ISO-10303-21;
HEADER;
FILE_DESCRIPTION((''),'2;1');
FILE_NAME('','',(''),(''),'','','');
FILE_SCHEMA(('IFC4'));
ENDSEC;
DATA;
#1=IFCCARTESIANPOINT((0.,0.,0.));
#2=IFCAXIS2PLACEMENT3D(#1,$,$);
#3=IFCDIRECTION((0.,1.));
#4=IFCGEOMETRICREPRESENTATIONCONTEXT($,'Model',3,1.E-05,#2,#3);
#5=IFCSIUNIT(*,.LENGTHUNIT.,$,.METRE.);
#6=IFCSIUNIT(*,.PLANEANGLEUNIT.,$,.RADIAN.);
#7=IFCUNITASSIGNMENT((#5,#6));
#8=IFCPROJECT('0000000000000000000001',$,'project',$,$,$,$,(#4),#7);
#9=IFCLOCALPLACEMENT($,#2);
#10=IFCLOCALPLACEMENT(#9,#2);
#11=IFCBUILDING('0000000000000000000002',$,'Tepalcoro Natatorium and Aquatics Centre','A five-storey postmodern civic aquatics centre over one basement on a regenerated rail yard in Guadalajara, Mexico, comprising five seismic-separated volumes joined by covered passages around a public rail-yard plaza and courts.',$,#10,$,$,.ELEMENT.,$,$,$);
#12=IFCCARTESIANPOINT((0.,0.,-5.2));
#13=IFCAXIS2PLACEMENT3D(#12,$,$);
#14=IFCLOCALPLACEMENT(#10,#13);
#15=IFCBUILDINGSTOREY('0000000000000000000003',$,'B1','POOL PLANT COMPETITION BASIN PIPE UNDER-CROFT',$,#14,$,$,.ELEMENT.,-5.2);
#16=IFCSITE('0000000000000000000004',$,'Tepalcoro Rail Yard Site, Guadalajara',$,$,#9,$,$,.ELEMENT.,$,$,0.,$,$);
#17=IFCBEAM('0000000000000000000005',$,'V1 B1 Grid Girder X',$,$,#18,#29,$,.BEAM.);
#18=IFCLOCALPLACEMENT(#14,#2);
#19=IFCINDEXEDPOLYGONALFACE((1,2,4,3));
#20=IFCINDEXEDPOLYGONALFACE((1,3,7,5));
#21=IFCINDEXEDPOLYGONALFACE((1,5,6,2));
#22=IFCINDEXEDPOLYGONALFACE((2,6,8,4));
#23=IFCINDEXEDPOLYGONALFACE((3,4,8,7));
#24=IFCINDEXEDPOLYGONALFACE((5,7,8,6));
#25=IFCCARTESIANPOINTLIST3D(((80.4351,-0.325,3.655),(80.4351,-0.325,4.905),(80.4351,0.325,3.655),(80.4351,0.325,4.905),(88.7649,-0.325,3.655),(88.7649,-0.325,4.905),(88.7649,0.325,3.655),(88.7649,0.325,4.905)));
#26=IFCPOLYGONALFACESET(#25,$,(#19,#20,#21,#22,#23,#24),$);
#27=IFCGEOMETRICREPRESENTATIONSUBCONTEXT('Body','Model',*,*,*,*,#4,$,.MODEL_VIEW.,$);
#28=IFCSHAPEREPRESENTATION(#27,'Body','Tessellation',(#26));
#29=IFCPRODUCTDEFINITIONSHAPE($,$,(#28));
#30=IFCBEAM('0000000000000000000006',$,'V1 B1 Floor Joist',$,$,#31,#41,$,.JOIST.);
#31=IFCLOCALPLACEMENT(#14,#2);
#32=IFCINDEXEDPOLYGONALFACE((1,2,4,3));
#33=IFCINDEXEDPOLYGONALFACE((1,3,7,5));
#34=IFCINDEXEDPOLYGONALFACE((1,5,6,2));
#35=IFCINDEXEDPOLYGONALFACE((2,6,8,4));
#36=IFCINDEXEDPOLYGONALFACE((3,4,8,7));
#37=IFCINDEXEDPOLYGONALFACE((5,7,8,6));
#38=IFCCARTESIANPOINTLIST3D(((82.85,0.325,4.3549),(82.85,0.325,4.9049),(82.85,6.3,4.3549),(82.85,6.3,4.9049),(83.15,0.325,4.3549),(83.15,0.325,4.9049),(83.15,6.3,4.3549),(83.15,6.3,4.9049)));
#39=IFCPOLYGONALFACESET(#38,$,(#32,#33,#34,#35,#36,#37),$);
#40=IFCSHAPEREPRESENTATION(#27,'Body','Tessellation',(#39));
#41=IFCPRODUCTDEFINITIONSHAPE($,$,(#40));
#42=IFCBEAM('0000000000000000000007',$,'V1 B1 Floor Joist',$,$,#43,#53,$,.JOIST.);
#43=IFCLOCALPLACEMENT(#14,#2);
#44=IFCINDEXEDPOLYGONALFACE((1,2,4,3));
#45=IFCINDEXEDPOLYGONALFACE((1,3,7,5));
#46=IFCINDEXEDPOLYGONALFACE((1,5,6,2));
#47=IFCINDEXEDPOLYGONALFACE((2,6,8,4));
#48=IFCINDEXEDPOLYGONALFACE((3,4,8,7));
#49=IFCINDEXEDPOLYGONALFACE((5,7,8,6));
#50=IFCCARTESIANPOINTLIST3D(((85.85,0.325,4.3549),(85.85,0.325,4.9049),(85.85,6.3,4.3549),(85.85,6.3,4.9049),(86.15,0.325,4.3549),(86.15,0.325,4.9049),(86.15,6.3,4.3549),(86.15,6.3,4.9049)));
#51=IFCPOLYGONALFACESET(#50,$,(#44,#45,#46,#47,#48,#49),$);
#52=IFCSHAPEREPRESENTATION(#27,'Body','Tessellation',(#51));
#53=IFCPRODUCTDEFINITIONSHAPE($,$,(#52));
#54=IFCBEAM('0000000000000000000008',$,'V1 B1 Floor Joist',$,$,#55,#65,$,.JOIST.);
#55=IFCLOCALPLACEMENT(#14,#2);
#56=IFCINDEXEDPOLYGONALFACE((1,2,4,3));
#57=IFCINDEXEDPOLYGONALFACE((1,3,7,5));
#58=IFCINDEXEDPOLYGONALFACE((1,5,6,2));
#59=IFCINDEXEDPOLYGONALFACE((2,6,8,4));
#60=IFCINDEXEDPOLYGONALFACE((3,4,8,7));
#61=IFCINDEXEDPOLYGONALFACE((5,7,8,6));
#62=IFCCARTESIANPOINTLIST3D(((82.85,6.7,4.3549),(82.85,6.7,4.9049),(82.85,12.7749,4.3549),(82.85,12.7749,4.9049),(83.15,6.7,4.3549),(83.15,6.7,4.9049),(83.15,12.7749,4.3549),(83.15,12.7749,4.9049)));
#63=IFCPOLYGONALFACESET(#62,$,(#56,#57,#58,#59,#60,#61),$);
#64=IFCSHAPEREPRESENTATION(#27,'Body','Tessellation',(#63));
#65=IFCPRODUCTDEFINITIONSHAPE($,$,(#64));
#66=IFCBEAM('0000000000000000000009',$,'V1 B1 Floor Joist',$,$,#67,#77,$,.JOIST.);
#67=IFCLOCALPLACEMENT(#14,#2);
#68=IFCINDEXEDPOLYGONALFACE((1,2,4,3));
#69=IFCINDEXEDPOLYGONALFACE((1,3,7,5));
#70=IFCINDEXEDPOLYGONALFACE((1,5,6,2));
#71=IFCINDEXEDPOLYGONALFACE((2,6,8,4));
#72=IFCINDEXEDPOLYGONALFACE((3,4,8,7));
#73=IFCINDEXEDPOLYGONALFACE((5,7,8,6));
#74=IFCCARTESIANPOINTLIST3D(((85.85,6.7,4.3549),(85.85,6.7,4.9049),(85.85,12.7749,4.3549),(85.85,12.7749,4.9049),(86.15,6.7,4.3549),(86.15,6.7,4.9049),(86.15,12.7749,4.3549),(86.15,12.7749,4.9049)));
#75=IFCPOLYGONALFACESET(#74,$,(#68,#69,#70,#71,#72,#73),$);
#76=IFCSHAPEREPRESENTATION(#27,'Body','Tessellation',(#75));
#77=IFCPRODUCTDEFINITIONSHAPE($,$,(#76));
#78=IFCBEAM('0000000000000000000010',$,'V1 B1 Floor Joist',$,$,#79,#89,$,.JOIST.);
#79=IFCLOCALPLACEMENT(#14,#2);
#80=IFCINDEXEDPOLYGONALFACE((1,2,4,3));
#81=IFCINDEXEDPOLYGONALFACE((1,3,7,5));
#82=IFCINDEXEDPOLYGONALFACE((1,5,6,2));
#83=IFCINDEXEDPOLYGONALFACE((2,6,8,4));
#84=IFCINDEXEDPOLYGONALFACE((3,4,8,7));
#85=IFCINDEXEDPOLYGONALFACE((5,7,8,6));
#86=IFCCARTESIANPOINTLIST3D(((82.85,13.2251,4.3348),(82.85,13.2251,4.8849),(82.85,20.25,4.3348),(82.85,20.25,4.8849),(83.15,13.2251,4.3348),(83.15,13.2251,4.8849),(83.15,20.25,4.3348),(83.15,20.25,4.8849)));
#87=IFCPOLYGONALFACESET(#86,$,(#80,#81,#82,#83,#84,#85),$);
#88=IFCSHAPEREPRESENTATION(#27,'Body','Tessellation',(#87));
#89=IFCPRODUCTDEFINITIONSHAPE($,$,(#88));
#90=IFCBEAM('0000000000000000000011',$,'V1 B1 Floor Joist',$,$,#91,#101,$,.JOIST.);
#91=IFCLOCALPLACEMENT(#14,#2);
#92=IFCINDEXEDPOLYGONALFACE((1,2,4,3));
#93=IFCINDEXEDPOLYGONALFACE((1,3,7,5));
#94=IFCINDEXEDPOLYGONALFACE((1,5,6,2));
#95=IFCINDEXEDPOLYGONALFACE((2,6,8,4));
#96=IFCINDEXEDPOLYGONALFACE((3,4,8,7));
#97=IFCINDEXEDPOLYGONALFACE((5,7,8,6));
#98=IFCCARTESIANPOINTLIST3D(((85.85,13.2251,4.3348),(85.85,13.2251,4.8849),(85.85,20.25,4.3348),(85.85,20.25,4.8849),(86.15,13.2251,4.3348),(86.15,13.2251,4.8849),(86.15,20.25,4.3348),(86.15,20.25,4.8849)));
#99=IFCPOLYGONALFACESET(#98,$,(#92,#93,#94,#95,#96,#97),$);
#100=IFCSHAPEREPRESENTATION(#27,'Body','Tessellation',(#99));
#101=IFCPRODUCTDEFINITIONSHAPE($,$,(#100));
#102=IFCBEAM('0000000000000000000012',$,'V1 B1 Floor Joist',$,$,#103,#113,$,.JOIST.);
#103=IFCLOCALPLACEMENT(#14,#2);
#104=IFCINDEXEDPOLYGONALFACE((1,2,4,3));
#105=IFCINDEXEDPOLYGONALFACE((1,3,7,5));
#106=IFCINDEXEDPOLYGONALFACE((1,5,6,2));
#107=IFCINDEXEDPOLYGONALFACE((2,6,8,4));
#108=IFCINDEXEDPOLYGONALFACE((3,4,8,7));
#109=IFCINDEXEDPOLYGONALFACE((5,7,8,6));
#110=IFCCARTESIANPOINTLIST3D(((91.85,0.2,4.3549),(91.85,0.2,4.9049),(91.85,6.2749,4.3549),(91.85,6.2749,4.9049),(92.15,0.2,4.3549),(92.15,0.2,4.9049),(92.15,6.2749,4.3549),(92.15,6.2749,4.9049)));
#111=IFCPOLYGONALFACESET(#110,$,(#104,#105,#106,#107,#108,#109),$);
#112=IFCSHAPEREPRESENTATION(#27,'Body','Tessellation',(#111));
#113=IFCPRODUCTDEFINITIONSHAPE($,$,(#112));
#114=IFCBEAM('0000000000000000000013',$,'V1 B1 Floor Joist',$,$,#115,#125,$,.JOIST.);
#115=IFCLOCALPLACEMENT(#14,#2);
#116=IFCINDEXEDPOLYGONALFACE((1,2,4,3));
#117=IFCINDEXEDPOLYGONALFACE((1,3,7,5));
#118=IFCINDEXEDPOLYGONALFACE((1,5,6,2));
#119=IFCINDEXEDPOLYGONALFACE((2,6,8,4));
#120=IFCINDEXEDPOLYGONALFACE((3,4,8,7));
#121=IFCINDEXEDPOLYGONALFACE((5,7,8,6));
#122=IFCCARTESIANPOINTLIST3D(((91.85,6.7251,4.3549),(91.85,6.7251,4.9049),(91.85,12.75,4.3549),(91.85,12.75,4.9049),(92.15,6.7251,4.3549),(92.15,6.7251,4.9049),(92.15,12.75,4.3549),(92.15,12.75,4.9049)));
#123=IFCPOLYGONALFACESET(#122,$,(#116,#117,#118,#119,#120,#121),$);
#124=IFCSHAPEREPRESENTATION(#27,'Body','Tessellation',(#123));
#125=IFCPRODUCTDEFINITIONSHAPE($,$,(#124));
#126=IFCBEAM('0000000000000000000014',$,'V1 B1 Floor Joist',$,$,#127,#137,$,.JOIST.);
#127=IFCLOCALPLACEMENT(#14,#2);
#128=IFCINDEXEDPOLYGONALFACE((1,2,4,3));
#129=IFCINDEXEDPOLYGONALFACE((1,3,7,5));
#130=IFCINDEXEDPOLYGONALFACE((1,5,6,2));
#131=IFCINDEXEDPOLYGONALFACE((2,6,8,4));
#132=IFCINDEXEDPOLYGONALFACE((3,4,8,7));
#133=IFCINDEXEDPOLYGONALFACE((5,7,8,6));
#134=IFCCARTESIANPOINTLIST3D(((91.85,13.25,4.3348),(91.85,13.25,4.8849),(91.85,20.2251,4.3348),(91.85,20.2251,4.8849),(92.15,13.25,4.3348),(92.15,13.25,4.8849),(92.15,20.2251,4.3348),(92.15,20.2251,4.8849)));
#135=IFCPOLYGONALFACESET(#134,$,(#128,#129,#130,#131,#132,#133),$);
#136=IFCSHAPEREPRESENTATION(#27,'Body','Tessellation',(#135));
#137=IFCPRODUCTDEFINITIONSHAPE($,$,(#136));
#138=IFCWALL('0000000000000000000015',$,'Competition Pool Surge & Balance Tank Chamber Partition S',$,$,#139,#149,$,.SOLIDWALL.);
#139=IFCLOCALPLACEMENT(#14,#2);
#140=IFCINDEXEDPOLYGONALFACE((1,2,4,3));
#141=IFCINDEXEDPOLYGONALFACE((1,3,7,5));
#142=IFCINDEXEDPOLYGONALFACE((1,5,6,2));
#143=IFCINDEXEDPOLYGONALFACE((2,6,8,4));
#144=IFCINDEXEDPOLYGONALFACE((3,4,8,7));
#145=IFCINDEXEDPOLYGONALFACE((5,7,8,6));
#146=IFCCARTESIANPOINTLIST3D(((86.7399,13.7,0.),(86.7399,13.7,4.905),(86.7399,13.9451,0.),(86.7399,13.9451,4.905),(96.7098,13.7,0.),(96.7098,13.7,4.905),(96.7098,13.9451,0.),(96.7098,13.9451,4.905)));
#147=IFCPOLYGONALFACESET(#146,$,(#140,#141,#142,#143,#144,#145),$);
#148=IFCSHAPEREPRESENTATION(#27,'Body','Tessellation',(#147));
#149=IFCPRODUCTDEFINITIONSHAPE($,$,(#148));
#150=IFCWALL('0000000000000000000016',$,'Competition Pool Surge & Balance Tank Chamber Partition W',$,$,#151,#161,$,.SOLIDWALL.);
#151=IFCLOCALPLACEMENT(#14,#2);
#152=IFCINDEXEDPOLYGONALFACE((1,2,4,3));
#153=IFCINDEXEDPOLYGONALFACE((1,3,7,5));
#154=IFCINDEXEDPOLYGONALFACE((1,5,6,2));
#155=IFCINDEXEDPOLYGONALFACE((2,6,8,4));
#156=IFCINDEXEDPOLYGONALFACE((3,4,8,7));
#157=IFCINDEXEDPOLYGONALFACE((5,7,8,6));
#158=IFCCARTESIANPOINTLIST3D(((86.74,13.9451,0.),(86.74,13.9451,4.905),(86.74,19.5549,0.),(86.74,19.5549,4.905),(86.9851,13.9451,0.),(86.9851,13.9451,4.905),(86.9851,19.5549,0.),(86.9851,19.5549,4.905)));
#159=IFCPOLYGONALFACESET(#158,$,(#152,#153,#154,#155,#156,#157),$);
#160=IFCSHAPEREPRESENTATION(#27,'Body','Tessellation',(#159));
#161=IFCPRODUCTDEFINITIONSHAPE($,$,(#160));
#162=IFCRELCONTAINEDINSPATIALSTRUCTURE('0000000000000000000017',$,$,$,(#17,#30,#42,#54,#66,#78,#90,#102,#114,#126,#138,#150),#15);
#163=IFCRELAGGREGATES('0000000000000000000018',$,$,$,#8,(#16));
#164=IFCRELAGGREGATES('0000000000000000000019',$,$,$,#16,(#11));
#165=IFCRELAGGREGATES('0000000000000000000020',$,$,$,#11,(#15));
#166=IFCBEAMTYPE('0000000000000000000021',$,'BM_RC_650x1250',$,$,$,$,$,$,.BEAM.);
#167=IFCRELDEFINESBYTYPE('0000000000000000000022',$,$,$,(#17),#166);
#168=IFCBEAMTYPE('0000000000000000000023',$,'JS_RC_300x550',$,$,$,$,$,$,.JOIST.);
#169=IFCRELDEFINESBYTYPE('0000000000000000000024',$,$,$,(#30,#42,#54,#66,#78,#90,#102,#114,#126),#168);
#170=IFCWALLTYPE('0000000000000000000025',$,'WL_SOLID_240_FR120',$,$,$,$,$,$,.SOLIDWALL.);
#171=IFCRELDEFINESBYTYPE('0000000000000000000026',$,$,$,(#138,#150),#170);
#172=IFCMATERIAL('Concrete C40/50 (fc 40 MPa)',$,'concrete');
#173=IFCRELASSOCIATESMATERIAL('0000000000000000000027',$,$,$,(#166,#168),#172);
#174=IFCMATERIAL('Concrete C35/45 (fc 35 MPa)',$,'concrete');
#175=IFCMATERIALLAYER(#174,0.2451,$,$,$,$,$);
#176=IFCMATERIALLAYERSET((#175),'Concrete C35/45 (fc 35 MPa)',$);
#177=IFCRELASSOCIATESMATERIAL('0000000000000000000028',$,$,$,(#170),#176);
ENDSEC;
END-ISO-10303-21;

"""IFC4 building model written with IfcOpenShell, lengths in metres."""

from ifc_helpers import new_model, si_unit, direction, frame, frame_2d, origin, origin_2d, place, context, subcontext, project, spatial, rectangle, extrude, material, layer, layer_set, material_profile, profile_set, type_object, element, save


model = new_model("IFC4")

# Units and contexts
model_context = context("Model", 3, precision=1e-05, world=origin(), true_north=direction((0.0, 1.0)))
body_context = subcontext(model_context, "Body", "Model", "MODEL_VIEW")
ifc_project = project(units=[si_unit("LENGTHUNIT", "METRE"), si_unit("PLANEANGLEUNIT", "RADIAN")], contexts=[model_context])

# Site, building, storey
site_placement = place(None, origin())
site = spatial("IfcSite", under=ifc_project, at=site_placement, Name="Tepalcoro Rail Yard Site, Guadalajara", CompositionType="ELEMENT", RefElevation=0.0)
building_placement = place(site_placement, origin())
building = spatial("IfcBuilding", under=site, at=building_placement, Name="Tepalcoro Natatorium and Aquatics Centre", Description="A five-storey postmodern civic aquatics centre over one basement on a regenerated rail yard in Guadalajara, Mexico, comprising five seismic-separated volumes joined by covered passages around a public rail-yard plaza and courts.", CompositionType="ELEMENT")
storey_placement = place(building_placement, frame((0.0, 0.0, -5.2)))
storey = spatial("IfcBuildingStorey", under=building, at=storey_placement, Name="B1", Description="POOL PLANT COMPETITION BASIN PIPE UNDER-CROFT", CompositionType="ELEMENT", Elevation=-5.2)

# Shared definitions
ifc_material_1 = material(Name="Concrete C40/50 (fc 40 MPa)", Category="concrete")

# Beams
ifc_material_profile_1 = material_profile(ifc_material_1, rectangle(XDim=0.6499, YDim=1.25, at=origin_2d()), Name="RCB650x1250")
ifc_profile_set_1 = profile_set([ifc_material_profile_1], Name="Concrete C40/50 (fc 40 MPa)")
beam_type_1 = type_object("IfcBeamType", Name="BM_RC_650x1250", PredefinedType="BEAM", material=ifc_profile_set_1)
beam_1_placement = place(storey_placement, frame((80.4351, 0.0, 4.28), z_axis=(1.0, 0.0, 0.0), x_axis=(0.0, 1.0, 0.0)))
element("IfcBeam", 1, at=beam_1_placement, inside=storey, type_object=beam_type_1, Name="V1 B1 Grid Girder X", PredefinedType="BEAM", context=body_context, shape_type="SweptSolid", body=[
    extrude(rectangle(XDim=0.6499, YDim=1.25, at=origin_2d()), origin(), (0.0, 0.0, 1.0), 8.3298),
])
ifc_material_profile_2 = material_profile(ifc_material_1, rectangle(XDim=0.3, YDim=0.55, at=origin_2d()), Name="RCJ300x550")
ifc_profile_set_2 = profile_set([ifc_material_profile_2], Name="Concrete C40/50 (fc 40 MPa)")
beam_type_2 = type_object("IfcBeamType", Name="JS_RC_300x550", PredefinedType="JOIST", material=ifc_profile_set_2)
for number, where, z_axis, x_axis, name in (
    (2, (83.0, 0.325, 4.6299), (0.0, 1.0, 0.0), (-1.0, 0.0, 0.0), "V1 B1 Floor Joist"),
    (3, (86.0, 0.325, 4.6299), (0.0, 1.0, 0.0), (-1.0, 0.0, 0.0), "V1 B1 Floor Joist"),
):
    element("IfcBeam", number, at=place(storey_placement, frame(where, z_axis=z_axis, x_axis=x_axis)), inside=storey, type_object=beam_type_2, Name=name, PredefinedType="JOIST", context=body_context, shape_type="SweptSolid", body=[
        extrude(rectangle(XDim=0.3, YDim=0.55, at=origin_2d()), origin(), (0.0, 0.0, 1.0), 5.9751),
    ])
for number, where, z_axis, x_axis, name in (
    (4, (83.0, 6.7, 4.6299), (0.0, 1.0, 0.0), (-1.0, 0.0, 0.0), "V1 B1 Floor Joist"),
    (5, (86.0, 6.7, 4.6299), (0.0, 1.0, 0.0), (-1.0, 0.0, 0.0), "V1 B1 Floor Joist"),
):
    element("IfcBeam", number, at=place(storey_placement, frame(where, z_axis=z_axis, x_axis=x_axis)), inside=storey, type_object=beam_type_2, Name=name, PredefinedType="JOIST", context=body_context, shape_type="SweptSolid", body=[
        extrude(rectangle(XDim=0.3, YDim=0.55, at=origin_2d()), origin(), (0.0, 0.0, 1.0), 6.075),
    ])
for number, where, z_axis, x_axis, name in (
    (6, (83.0, 13.2251, 4.6099), (0.0, 1.0, 0.0), (-1.0, 0.0, 0.0), "V1 B1 Floor Joist"),
    (7, (86.0, 13.2251, 4.6099), (0.0, 1.0, 0.0), (-1.0, 0.0, 0.0), "V1 B1 Floor Joist"),
):
    element("IfcBeam", number, at=place(storey_placement, frame(where, z_axis=z_axis, x_axis=x_axis)), inside=storey, type_object=beam_type_2, Name=name, PredefinedType="JOIST", context=body_context, shape_type="SweptSolid", body=[
        extrude(rectangle(XDim=0.3, YDim=0.55, at=origin_2d()), origin(), (0.0, 0.0, 1.0), 7.0249),
    ])
beam_2_placement = place(storey_placement, frame((92.0, 0.2, 4.6299), z_axis=(0.0, 1.0, 0.0), x_axis=(-1.0, 0.0, 0.0)))
element("IfcBeam", 8, at=beam_2_placement, inside=storey, type_object=beam_type_2, Name="V1 B1 Floor Joist", PredefinedType="JOIST", context=body_context, shape_type="SweptSolid", body=[
    extrude(rectangle(XDim=0.3, YDim=0.55, at=origin_2d()), origin(), (0.0, 0.0, 1.0), 6.075),
])
beam_3_placement = place(storey_placement, frame((92.0, 6.7251, 4.6299), z_axis=(0.0, 1.0, 0.0), x_axis=(-1.0, 0.0, 0.0)))
element("IfcBeam", 9, at=beam_3_placement, inside=storey, type_object=beam_type_2, Name="V1 B1 Floor Joist", PredefinedType="JOIST", context=body_context, shape_type="SweptSolid", body=[
    extrude(rectangle(XDim=0.3, YDim=0.55, at=origin_2d()), origin(), (0.0, 0.0, 1.0), 6.0249),
])
beam_4_placement = place(storey_placement, frame((92.0, 13.25, 4.6099), z_axis=(0.0, 1.0, 0.0), x_axis=(-1.0, 0.0, 0.0)))
element("IfcBeam", 10, at=beam_4_placement, inside=storey, type_object=beam_type_2, Name="V1 B1 Floor Joist", PredefinedType="JOIST", context=body_context, shape_type="SweptSolid", body=[
    extrude(rectangle(XDim=0.3, YDim=0.55, at=origin_2d()), origin(), (0.0, 0.0, 1.0), 6.9751),
])

# Walls
ifc_material_2 = material(Name="Concrete C35/45 (fc 35 MPa)", Category="concrete")
ifc_layer = layer(ifc_material_2, 0.2451)
ifc_layer_set = layer_set([ifc_layer], Name="Concrete C35/45 (fc 35 MPa)")
wall_type = type_object("IfcWallType", Name="WL_SOLID_240_FR120", PredefinedType="SOLIDWALL", material=ifc_layer_set)
wall_1_placement = place(storey_placement, frame((86.74, 13.8225, 0.0), z_axis=(0.0, 0.0, 1.0), x_axis=(1.0, 0.0, 0.0)))
element("IfcWall", 11, at=wall_1_placement, inside=storey, type_object=wall_type, Name="Competition Pool Surge & Balance Tank Chamber Partition S", PredefinedType="SOLIDWALL", context=body_context, shape_type="SweptSolid", body=[
    extrude(rectangle(XDim=9.97, YDim=0.2451, at=frame_2d((4.9849, 0.0))), origin(), (0.0, 0.0, 1.0), 4.905),
])
wall_2_placement = place(storey_placement, frame((86.8625, 13.9451, 0.0), z_axis=(0.0, 0.0, 1.0), x_axis=(0.0, 1.0, 0.0)))
element("IfcWall", 12, at=wall_2_placement, inside=storey, type_object=wall_type, Name="Competition Pool Surge & Balance Tank Chamber Partition W", PredefinedType="SOLIDWALL", context=body_context, shape_type="SweptSolid", body=[
    extrude(rectangle(XDim=5.6099, YDim=0.2451, at=frame_2d((2.8049, 0.0))), origin(), (0.0, 0.0, 1.0), 4.905),
])

save(model, "model.ifc")
